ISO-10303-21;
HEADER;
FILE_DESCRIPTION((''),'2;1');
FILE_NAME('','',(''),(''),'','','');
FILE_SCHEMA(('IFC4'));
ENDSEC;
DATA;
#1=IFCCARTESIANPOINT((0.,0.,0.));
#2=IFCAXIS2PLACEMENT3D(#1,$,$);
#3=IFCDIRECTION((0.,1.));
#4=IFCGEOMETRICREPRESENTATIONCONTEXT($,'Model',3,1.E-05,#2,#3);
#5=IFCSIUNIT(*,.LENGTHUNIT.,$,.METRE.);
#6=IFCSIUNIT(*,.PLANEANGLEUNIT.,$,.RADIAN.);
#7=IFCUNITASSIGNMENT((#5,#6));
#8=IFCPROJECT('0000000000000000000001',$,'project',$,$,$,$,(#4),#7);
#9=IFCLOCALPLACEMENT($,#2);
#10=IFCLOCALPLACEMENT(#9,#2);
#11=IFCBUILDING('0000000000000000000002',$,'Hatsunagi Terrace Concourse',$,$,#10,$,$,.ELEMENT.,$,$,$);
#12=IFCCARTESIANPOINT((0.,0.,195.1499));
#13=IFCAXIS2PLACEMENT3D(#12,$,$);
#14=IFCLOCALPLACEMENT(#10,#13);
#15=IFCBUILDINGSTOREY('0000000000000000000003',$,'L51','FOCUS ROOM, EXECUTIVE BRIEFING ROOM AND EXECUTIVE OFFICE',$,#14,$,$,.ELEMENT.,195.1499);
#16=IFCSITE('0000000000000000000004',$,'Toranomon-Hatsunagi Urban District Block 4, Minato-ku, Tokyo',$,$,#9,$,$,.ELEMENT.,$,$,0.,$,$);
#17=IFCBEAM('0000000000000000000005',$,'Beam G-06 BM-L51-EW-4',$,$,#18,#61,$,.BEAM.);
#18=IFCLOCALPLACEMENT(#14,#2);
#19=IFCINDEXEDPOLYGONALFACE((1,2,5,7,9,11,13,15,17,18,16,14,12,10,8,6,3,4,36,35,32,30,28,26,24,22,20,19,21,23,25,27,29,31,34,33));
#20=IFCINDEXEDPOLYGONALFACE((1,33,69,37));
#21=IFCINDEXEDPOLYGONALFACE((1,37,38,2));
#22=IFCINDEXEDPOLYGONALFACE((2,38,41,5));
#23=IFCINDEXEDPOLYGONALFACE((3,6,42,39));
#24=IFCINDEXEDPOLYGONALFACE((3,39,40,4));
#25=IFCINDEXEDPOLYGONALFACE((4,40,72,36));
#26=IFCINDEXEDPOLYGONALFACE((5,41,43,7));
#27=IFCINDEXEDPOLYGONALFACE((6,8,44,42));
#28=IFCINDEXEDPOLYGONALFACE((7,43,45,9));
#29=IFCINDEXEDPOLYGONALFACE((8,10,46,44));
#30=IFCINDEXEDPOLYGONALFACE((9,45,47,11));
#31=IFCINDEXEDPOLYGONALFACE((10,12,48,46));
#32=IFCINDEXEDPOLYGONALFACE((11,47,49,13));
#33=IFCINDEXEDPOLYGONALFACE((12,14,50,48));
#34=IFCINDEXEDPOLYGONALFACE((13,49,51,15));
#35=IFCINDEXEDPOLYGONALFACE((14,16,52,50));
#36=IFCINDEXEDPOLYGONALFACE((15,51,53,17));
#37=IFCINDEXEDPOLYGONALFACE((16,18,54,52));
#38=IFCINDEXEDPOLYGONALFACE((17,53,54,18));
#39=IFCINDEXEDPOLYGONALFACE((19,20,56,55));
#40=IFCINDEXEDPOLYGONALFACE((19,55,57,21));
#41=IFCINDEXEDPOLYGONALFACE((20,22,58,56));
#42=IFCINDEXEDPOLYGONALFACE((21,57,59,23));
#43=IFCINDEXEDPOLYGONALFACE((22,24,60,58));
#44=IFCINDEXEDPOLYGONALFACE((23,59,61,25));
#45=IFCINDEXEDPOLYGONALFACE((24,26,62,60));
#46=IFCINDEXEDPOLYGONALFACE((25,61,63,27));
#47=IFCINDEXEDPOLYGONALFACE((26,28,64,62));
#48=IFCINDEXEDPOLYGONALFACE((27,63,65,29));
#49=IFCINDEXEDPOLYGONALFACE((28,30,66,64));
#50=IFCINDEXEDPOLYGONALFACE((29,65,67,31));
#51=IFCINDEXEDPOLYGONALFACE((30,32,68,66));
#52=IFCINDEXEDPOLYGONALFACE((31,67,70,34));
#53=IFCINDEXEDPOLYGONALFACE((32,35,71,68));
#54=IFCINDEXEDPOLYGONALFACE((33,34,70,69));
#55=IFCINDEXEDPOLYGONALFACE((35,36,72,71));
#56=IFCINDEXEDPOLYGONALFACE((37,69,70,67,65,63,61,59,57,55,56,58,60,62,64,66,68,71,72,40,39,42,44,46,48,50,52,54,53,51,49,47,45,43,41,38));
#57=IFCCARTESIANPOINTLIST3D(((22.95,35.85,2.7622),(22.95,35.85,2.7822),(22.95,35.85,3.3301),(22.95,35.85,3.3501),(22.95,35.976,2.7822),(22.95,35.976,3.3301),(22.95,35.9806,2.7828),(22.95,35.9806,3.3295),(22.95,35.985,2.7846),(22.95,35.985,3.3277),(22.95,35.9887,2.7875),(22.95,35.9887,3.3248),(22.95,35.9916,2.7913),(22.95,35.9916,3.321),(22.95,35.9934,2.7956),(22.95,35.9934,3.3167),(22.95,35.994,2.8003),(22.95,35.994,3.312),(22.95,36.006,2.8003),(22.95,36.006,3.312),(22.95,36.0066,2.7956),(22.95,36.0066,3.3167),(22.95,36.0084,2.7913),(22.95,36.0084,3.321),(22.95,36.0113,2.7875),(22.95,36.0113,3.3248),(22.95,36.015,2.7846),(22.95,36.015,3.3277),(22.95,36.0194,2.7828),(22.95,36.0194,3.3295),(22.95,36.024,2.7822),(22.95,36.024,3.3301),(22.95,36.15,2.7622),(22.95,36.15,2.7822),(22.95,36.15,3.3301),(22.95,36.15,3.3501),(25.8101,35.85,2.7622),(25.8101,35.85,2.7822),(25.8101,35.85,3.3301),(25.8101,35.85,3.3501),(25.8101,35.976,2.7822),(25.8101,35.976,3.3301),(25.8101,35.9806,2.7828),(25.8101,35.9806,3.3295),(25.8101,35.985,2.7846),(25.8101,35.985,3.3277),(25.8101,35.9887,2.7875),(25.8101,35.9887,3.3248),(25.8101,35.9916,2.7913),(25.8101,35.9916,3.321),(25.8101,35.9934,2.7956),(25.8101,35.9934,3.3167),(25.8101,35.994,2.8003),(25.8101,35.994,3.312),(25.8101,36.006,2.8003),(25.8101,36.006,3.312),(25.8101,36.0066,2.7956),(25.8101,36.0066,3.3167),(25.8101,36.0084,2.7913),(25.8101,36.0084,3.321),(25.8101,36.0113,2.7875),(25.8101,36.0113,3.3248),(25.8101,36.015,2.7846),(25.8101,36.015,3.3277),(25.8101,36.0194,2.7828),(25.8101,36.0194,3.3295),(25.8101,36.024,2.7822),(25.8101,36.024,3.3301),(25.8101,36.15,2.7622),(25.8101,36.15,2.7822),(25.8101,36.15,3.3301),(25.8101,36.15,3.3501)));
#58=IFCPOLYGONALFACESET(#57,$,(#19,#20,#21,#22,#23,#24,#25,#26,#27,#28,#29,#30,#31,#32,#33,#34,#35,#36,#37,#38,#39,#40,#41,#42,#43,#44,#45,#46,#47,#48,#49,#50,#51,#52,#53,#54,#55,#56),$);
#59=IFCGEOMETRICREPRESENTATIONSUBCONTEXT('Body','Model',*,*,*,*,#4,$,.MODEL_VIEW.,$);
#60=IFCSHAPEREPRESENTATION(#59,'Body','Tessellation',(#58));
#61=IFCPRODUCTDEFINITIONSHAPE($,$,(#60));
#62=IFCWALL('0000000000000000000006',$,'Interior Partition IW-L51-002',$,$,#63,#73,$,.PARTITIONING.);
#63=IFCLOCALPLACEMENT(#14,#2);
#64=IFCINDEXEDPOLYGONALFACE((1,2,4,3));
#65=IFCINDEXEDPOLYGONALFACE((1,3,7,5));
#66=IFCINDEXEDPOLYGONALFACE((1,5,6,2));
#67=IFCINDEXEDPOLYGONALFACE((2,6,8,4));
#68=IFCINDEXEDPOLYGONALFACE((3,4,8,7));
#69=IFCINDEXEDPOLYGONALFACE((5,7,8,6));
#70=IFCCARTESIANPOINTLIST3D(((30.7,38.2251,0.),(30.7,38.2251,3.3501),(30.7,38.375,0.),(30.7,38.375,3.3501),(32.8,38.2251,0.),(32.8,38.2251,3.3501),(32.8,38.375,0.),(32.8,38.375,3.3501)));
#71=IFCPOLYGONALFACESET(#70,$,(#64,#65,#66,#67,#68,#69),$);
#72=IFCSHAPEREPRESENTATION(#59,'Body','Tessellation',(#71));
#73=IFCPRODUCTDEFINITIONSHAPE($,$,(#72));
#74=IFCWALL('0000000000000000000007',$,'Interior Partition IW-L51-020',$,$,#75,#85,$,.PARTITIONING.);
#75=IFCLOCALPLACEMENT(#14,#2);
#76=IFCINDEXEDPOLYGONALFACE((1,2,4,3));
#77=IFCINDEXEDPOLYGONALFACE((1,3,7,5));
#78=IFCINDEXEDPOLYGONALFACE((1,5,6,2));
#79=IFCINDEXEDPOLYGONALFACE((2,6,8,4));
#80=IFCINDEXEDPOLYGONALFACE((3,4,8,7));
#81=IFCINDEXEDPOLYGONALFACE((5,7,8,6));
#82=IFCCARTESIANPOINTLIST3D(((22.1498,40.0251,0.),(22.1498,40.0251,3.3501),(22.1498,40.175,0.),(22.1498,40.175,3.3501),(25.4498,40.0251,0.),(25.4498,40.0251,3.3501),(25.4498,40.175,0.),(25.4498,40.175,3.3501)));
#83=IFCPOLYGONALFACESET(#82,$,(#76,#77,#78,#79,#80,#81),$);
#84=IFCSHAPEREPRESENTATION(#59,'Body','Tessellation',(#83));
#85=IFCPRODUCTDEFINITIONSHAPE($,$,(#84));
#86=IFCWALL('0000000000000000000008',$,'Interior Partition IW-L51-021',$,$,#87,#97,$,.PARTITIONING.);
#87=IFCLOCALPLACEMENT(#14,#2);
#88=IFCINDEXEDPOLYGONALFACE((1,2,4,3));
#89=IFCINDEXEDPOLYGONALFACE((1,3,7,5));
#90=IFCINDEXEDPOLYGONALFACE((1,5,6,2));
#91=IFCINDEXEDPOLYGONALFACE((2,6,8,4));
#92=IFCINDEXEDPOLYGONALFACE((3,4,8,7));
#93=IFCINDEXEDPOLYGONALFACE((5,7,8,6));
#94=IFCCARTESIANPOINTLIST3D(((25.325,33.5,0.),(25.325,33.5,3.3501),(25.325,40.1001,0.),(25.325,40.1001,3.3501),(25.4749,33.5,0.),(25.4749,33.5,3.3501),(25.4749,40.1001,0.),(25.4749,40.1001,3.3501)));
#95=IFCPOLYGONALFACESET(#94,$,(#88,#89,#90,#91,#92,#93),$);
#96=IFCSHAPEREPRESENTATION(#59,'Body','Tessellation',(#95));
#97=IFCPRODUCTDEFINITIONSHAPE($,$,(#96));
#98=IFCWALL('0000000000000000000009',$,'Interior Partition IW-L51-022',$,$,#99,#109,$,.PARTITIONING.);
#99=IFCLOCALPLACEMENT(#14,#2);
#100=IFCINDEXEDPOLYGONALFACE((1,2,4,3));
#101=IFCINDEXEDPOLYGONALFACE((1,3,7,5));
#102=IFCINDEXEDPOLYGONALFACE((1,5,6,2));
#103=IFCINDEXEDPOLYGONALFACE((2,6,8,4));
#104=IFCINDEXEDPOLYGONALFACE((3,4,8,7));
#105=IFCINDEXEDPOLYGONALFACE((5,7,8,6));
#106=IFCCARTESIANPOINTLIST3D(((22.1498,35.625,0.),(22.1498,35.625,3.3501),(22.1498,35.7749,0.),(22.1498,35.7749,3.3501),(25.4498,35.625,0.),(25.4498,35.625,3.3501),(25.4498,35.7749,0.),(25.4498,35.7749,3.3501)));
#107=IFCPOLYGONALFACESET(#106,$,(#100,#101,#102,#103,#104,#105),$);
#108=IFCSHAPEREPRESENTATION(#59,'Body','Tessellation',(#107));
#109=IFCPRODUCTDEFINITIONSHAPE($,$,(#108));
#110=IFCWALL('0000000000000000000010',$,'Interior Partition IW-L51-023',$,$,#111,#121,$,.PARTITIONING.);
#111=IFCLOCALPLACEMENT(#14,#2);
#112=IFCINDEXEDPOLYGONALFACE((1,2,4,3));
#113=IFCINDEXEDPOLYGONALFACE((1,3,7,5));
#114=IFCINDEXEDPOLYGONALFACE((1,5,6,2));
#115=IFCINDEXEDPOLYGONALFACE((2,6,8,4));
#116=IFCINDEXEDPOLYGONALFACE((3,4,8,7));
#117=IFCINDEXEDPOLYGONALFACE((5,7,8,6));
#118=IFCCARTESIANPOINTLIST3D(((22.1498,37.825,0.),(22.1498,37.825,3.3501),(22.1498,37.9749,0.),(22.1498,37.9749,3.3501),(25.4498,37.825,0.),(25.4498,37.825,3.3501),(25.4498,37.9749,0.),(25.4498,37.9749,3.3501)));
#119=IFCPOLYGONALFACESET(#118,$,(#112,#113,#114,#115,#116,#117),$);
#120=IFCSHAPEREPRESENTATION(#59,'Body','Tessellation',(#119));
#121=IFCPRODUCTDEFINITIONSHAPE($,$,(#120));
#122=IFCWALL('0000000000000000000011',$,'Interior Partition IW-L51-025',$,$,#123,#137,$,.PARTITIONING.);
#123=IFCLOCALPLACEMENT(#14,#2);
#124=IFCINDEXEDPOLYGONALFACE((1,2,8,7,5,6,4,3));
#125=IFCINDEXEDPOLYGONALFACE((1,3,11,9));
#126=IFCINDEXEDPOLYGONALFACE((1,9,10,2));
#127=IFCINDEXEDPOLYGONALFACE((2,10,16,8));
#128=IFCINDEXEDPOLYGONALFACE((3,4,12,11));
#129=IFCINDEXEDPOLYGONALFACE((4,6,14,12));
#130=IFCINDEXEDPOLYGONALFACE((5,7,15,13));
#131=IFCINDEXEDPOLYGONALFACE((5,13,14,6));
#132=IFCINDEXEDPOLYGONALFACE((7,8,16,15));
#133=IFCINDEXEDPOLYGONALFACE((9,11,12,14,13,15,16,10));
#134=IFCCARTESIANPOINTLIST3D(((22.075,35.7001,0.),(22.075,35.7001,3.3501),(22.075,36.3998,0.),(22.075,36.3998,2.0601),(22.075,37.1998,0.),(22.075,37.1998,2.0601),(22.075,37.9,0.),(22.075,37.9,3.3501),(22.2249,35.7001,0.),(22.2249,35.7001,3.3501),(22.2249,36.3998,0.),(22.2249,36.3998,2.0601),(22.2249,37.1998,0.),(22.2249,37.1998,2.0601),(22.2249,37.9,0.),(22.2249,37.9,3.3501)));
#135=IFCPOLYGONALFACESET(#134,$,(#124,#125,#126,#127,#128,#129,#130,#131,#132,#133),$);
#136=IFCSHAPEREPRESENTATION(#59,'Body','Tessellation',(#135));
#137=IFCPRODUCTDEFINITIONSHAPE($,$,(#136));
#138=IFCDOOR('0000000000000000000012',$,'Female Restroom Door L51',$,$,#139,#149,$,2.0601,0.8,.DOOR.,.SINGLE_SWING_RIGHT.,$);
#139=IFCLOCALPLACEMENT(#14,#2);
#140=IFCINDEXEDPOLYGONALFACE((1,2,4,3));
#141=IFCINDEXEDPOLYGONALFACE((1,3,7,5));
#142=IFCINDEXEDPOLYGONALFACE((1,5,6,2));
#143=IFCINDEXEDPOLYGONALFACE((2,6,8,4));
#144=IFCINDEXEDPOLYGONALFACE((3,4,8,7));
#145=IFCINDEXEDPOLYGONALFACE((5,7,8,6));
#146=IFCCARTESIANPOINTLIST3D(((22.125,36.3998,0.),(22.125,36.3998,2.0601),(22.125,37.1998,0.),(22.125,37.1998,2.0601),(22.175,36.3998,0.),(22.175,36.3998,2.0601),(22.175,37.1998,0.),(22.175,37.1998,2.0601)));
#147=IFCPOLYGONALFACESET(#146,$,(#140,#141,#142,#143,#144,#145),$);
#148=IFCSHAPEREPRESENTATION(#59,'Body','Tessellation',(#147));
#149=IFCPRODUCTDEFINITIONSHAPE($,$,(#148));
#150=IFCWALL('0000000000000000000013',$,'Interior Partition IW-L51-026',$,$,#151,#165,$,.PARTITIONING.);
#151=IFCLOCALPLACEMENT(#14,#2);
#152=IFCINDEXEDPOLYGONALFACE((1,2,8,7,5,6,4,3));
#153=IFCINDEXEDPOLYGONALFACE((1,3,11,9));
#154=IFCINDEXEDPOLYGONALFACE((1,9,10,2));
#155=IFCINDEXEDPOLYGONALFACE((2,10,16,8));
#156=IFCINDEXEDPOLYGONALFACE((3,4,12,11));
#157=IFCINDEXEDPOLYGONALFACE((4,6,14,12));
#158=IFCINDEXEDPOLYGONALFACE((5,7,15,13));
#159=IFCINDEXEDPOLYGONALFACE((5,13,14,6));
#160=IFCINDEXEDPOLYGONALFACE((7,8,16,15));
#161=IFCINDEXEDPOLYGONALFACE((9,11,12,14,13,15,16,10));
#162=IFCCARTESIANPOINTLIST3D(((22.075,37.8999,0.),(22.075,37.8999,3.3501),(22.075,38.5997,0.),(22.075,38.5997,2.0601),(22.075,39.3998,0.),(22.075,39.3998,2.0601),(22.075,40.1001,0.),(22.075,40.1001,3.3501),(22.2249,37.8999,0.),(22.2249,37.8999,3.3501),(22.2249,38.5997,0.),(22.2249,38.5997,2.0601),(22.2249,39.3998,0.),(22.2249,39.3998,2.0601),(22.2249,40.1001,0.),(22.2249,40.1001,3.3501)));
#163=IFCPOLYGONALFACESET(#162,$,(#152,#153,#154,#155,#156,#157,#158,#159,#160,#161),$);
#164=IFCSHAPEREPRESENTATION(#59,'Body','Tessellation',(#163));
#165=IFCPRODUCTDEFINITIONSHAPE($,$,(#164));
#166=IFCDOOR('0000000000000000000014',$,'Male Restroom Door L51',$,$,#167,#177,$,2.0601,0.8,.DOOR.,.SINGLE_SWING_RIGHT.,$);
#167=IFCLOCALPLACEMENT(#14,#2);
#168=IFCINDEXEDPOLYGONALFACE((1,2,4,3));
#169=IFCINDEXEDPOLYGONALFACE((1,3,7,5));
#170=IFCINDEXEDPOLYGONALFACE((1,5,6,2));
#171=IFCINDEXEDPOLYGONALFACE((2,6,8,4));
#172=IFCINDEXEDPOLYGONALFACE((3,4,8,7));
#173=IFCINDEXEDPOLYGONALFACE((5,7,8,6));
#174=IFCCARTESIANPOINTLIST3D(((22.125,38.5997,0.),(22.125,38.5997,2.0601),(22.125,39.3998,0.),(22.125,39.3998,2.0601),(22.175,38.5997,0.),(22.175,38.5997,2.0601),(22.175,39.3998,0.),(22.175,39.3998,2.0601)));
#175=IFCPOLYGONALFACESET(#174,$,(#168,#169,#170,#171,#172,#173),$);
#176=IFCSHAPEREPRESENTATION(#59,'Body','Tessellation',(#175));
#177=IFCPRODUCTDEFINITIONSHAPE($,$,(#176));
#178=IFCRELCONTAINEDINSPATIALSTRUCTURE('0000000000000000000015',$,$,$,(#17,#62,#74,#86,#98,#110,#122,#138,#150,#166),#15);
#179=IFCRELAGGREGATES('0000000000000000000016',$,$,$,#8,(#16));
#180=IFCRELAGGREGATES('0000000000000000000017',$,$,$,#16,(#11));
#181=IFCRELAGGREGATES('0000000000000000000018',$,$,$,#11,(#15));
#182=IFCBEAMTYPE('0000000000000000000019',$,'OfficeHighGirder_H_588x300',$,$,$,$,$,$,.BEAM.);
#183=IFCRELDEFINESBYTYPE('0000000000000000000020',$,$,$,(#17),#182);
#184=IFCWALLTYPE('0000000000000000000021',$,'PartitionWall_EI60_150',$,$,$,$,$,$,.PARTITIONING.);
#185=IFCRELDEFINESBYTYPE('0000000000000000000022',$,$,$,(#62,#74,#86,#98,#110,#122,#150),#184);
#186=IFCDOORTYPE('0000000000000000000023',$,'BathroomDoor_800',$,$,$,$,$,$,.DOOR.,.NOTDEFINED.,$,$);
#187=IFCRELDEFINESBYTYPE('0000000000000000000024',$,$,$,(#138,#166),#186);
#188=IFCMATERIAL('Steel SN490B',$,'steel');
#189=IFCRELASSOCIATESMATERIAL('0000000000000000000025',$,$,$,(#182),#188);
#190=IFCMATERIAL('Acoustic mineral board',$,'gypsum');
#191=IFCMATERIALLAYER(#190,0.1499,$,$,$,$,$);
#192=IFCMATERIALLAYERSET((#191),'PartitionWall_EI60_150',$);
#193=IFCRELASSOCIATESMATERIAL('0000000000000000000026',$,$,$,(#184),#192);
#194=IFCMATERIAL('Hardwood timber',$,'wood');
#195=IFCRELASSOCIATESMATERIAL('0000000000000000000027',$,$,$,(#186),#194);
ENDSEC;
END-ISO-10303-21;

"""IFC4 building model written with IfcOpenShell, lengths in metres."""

from ifc_helpers import new_model, si_unit, direction, frame, frame_2d, origin, origin_2d, place, context, subcontext, project, spatial, rectangle, i_section, extrude, material, layer, layer_set, material_profile, profile_set, type_object, element, fill, save


model = new_model("IFC4")

# Units and contexts
model_context = context("Model", 3, precision=1e-05, world=origin(), true_north=direction((0.0, 1.0)))
body_context = subcontext(model_context, "Body", "Model", "MODEL_VIEW")
ifc_project = project(units=[si_unit("LENGTHUNIT", "METRE"), si_unit("PLANEANGLEUNIT", "RADIAN")], contexts=[model_context])

# Site, building, storey
site_placement = place(None, origin())
site = spatial("IfcSite", under=ifc_project, at=site_placement, Name="Toranomon-Hatsunagi Urban District Block 4, Minato-ku, Tokyo", CompositionType="ELEMENT", RefElevation=0.0)
building_placement = place(site_placement, origin())
building = spatial("IfcBuilding", under=site, at=building_placement, Name="Hatsunagi Terrace Concourse", CompositionType="ELEMENT")
storey_placement = place(building_placement, frame((0.0, 0.0, 195.1499)))
storey = spatial("IfcBuildingStorey", under=building, at=storey_placement, Name="L51", Description="FOCUS ROOM, EXECUTIVE BRIEFING ROOM AND EXECUTIVE OFFICE", CompositionType="ELEMENT", Elevation=195.1499)

# Beam
ifc_material_1 = material(Name="Steel SN490B", Category="steel")
ifc_material_profile = material_profile(ifc_material_1, i_section(OverallWidth=0.3, OverallDepth=0.5879, WebThickness=0.012, FlangeThickness=0.02, FilletRadius=0.0181, at=origin_2d()), Name="H-588x300x12x20")
ifc_profile_set = profile_set([ifc_material_profile], Name="Steel SN490B")
beam_type = type_object("IfcBeamType", Name="OfficeHighGirder_H_588x300", PredefinedType="BEAM", material=ifc_profile_set)
beam_placement = place(storey_placement, frame((22.95, 36.0, 3.0562), z_axis=(1.0, 0.0, 0.0), x_axis=(0.0, 1.0, 0.0)))
element("IfcBeam", 1, at=beam_placement, inside=storey, type_object=beam_type, Name="Beam G-06 BM-L51-EW-4", PredefinedType="BEAM", context=body_context, shape_type="SweptSolid", body=[
    extrude(i_section(OverallWidth=0.3, OverallDepth=0.5879, WebThickness=0.012, FlangeThickness=0.02, FilletRadius=0.0181, at=origin_2d()), origin(), (0.0, 0.0, 1.0), 2.8601),
])

# Walls
ifc_material_2 = material(Name="Acoustic mineral board", Category="gypsum")
ifc_layer_1 = layer(ifc_material_2, 0.1499)
ifc_layer_set_1 = layer_set([ifc_layer_1], Name="PartitionWall_EI60_150")
wall_type_1 = type_object("IfcWallType", Name="PartitionWall_EI60_150", PredefinedType="PARTITIONING", material=ifc_layer_set_1)
wall_1_placement = place(storey_placement, frame((30.7, 38.3, 0.0), z_axis=(0.0, 0.0, 1.0), x_axis=(1.0, 0.0, 0.0)))
element("IfcWall", 2, at=wall_1_placement, inside=storey, type_object=wall_type_1, Name="Interior Partition IW-L51-002", PredefinedType="PARTITIONING", context=body_context, shape_type="SweptSolid", body=[
    extrude(rectangle(XDim=2.1001, YDim=0.1499, at=frame_2d((1.05, 0.0))), origin(), (0.0, 0.0, 1.0), 3.3501),
])
wall_2_placement = place(storey_placement, frame((22.1499, 40.1001, 0.0), z_axis=(0.0, 0.0, 1.0), x_axis=(1.0, 0.0, 0.0)))
element("IfcWall", 3, at=wall_2_placement, inside=storey, type_object=wall_type_1, Name="Interior Partition IW-L51-020", PredefinedType="PARTITIONING", context=body_context, shape_type="SweptSolid", body=[
    extrude(rectangle(XDim=3.3, YDim=0.1499, at=frame_2d((1.6499, 0.0))), origin(), (0.0, 0.0, 1.0), 3.3501),
])
wall_3_placement = place(storey_placement, frame((25.3999, 33.5, 0.0), z_axis=(0.0, 0.0, 1.0), x_axis=(0.0, 1.0, 0.0)))
element("IfcWall", 4, at=wall_3_placement, inside=storey, type_object=wall_type_1, Name="Interior Partition IW-L51-021", PredefinedType="PARTITIONING", context=body_context, shape_type="SweptSolid", body=[
    extrude(rectangle(XDim=6.6001, YDim=0.1499, at=frame_2d((3.3, 0.0))), origin(), (0.0, 0.0, 1.0), 3.3501),
])
for number, where, z_axis, x_axis, name in (
    (5, (22.1499, 35.7, 0.0), (0.0, 0.0, 1.0), (1.0, 0.0, 0.0), "Interior Partition IW-L51-022"),
    (6, (22.1499, 37.8999, 0.0), (0.0, 0.0, 1.0), (1.0, 0.0, 0.0), "Interior Partition IW-L51-023"),
):
    element("IfcWall", number, at=place(storey_placement, frame(where, z_axis=z_axis, x_axis=x_axis)), inside=storey, type_object=wall_type_1, Name=name, PredefinedType="PARTITIONING", context=body_context, shape_type="SweptSolid", body=[
        extrude(rectangle(XDim=3.3, YDim=0.1499, at=frame_2d((1.6499, 0.0))), origin(), (0.0, 0.0, 1.0), 3.3501),
    ])

# Walls, openings, doors
wall_4_placement = place(storey_placement, frame((22.1499, 35.7, 0.0), z_axis=(0.0, 0.0, 1.0), x_axis=(0.0, 1.0, 0.0)))
wall_4 = element("IfcWall", 7, at=wall_4_placement, inside=storey, type_object=wall_type_1, Name="Interior Partition IW-L51-025", PredefinedType="PARTITIONING", context=body_context, shape_type="SweptSolid", body=[
    extrude(rectangle(XDim=2.2, YDim=0.1499, at=frame_2d((1.1001, 0.0))), origin(), (0.0, 0.0, 1.0), 3.3501),
])
opening_1_placement = place(wall_4_placement, frame((0.7, 0.0, 0.0)))
opening_1 = element("IfcOpeningElement", 8, at=opening_1_placement, cuts=wall_4, PredefinedType="OPENING", context=body_context, shape_type="SweptSolid", body=[
    extrude(rectangle(XDim=0.8, YDim=2.0601, at=frame_2d((0.3999, 1.03))), frame((0.0, 0.085, 0.0), z_axis=(0.0, -1.0, 0.0), x_axis=(1.0, 0.0, 0.0)), (0.0, 0.0, 1.0), 0.1699),
])
ifc_material_3 = material(Name="Hardwood timber", Category="wood")
door_type = type_object("IfcDoorType", Name="BathroomDoor_800", OperationType="NOTDEFINED", PredefinedType="DOOR", material=ifc_material_3)
door_1_placement = place(opening_1_placement, origin())
door_1 = element("IfcDoor", 9, at=door_1_placement, inside=storey, type_object=door_type, Name="Female Restroom Door L51", OperationType="SINGLE_SWING_RIGHT", OverallHeight=2.0601, OverallWidth=0.8, PredefinedType="DOOR", context=body_context, shape_type="SweptSolid", body=[
    extrude(rectangle(XDim=0.8, YDim=2.0601, at=frame_2d((0.3999, 1.03))), frame((0.0, 0.0249, 0.0), z_axis=(0.0, -1.0, 0.0), x_axis=(1.0, 0.0, 0.0)), (0.0, 0.0, 1.0), 0.05),
])
fill(opening_1, door_1)
wall_5_placement = place(storey_placement, frame((22.1499, 37.8999, 0.0), z_axis=(0.0, 0.0, 1.0), x_axis=(0.0, 1.0, 0.0)))
wall_5 = element("IfcWall", 10, at=wall_5_placement, inside=storey, type_object=wall_type_1, Name="Interior Partition IW-L51-026", PredefinedType="PARTITIONING", context=body_context, shape_type="SweptSolid", body=[
    extrude(rectangle(XDim=2.2002, YDim=0.1499, at=frame_2d((1.1001, 0.0))), origin(), (0.0, 0.0, 1.0), 3.3501),
])
opening_2_placement = place(wall_5_placement, frame((0.7, 0.0, 0.0)))
opening_2 = element("IfcOpeningElement", 11, at=opening_2_placement, cuts=wall_5, PredefinedType="OPENING", context=body_context, shape_type="SweptSolid", body=[
    extrude(rectangle(XDim=0.8, YDim=2.0601, at=frame_2d((0.3999, 1.03))), frame((0.0, 0.085, 0.0), z_axis=(0.0, -1.0, 0.0), x_axis=(1.0, 0.0, 0.0)), (0.0, 0.0, 1.0), 0.1699),
])
door_2_placement = place(opening_2_placement, origin())
door_2 = element("IfcDoor", 12, at=door_2_placement, inside=storey, type_object=door_type, Name="Male Restroom Door L51", OperationType="SINGLE_SWING_RIGHT", OverallHeight=2.0601, OverallWidth=0.8, PredefinedType="DOOR", context=body_context, shape_type="SweptSolid", body=[
    extrude(rectangle(XDim=0.8, YDim=2.0601, at=frame_2d((0.3999, 1.03))), frame((0.0, 0.0249, 0.0), z_axis=(0.0, -1.0, 0.0), x_axis=(1.0, 0.0, 0.0)), (0.0, 0.0, 1.0), 0.05),
])
fill(opening_2, door_2)

save(model, "model.ifc")
